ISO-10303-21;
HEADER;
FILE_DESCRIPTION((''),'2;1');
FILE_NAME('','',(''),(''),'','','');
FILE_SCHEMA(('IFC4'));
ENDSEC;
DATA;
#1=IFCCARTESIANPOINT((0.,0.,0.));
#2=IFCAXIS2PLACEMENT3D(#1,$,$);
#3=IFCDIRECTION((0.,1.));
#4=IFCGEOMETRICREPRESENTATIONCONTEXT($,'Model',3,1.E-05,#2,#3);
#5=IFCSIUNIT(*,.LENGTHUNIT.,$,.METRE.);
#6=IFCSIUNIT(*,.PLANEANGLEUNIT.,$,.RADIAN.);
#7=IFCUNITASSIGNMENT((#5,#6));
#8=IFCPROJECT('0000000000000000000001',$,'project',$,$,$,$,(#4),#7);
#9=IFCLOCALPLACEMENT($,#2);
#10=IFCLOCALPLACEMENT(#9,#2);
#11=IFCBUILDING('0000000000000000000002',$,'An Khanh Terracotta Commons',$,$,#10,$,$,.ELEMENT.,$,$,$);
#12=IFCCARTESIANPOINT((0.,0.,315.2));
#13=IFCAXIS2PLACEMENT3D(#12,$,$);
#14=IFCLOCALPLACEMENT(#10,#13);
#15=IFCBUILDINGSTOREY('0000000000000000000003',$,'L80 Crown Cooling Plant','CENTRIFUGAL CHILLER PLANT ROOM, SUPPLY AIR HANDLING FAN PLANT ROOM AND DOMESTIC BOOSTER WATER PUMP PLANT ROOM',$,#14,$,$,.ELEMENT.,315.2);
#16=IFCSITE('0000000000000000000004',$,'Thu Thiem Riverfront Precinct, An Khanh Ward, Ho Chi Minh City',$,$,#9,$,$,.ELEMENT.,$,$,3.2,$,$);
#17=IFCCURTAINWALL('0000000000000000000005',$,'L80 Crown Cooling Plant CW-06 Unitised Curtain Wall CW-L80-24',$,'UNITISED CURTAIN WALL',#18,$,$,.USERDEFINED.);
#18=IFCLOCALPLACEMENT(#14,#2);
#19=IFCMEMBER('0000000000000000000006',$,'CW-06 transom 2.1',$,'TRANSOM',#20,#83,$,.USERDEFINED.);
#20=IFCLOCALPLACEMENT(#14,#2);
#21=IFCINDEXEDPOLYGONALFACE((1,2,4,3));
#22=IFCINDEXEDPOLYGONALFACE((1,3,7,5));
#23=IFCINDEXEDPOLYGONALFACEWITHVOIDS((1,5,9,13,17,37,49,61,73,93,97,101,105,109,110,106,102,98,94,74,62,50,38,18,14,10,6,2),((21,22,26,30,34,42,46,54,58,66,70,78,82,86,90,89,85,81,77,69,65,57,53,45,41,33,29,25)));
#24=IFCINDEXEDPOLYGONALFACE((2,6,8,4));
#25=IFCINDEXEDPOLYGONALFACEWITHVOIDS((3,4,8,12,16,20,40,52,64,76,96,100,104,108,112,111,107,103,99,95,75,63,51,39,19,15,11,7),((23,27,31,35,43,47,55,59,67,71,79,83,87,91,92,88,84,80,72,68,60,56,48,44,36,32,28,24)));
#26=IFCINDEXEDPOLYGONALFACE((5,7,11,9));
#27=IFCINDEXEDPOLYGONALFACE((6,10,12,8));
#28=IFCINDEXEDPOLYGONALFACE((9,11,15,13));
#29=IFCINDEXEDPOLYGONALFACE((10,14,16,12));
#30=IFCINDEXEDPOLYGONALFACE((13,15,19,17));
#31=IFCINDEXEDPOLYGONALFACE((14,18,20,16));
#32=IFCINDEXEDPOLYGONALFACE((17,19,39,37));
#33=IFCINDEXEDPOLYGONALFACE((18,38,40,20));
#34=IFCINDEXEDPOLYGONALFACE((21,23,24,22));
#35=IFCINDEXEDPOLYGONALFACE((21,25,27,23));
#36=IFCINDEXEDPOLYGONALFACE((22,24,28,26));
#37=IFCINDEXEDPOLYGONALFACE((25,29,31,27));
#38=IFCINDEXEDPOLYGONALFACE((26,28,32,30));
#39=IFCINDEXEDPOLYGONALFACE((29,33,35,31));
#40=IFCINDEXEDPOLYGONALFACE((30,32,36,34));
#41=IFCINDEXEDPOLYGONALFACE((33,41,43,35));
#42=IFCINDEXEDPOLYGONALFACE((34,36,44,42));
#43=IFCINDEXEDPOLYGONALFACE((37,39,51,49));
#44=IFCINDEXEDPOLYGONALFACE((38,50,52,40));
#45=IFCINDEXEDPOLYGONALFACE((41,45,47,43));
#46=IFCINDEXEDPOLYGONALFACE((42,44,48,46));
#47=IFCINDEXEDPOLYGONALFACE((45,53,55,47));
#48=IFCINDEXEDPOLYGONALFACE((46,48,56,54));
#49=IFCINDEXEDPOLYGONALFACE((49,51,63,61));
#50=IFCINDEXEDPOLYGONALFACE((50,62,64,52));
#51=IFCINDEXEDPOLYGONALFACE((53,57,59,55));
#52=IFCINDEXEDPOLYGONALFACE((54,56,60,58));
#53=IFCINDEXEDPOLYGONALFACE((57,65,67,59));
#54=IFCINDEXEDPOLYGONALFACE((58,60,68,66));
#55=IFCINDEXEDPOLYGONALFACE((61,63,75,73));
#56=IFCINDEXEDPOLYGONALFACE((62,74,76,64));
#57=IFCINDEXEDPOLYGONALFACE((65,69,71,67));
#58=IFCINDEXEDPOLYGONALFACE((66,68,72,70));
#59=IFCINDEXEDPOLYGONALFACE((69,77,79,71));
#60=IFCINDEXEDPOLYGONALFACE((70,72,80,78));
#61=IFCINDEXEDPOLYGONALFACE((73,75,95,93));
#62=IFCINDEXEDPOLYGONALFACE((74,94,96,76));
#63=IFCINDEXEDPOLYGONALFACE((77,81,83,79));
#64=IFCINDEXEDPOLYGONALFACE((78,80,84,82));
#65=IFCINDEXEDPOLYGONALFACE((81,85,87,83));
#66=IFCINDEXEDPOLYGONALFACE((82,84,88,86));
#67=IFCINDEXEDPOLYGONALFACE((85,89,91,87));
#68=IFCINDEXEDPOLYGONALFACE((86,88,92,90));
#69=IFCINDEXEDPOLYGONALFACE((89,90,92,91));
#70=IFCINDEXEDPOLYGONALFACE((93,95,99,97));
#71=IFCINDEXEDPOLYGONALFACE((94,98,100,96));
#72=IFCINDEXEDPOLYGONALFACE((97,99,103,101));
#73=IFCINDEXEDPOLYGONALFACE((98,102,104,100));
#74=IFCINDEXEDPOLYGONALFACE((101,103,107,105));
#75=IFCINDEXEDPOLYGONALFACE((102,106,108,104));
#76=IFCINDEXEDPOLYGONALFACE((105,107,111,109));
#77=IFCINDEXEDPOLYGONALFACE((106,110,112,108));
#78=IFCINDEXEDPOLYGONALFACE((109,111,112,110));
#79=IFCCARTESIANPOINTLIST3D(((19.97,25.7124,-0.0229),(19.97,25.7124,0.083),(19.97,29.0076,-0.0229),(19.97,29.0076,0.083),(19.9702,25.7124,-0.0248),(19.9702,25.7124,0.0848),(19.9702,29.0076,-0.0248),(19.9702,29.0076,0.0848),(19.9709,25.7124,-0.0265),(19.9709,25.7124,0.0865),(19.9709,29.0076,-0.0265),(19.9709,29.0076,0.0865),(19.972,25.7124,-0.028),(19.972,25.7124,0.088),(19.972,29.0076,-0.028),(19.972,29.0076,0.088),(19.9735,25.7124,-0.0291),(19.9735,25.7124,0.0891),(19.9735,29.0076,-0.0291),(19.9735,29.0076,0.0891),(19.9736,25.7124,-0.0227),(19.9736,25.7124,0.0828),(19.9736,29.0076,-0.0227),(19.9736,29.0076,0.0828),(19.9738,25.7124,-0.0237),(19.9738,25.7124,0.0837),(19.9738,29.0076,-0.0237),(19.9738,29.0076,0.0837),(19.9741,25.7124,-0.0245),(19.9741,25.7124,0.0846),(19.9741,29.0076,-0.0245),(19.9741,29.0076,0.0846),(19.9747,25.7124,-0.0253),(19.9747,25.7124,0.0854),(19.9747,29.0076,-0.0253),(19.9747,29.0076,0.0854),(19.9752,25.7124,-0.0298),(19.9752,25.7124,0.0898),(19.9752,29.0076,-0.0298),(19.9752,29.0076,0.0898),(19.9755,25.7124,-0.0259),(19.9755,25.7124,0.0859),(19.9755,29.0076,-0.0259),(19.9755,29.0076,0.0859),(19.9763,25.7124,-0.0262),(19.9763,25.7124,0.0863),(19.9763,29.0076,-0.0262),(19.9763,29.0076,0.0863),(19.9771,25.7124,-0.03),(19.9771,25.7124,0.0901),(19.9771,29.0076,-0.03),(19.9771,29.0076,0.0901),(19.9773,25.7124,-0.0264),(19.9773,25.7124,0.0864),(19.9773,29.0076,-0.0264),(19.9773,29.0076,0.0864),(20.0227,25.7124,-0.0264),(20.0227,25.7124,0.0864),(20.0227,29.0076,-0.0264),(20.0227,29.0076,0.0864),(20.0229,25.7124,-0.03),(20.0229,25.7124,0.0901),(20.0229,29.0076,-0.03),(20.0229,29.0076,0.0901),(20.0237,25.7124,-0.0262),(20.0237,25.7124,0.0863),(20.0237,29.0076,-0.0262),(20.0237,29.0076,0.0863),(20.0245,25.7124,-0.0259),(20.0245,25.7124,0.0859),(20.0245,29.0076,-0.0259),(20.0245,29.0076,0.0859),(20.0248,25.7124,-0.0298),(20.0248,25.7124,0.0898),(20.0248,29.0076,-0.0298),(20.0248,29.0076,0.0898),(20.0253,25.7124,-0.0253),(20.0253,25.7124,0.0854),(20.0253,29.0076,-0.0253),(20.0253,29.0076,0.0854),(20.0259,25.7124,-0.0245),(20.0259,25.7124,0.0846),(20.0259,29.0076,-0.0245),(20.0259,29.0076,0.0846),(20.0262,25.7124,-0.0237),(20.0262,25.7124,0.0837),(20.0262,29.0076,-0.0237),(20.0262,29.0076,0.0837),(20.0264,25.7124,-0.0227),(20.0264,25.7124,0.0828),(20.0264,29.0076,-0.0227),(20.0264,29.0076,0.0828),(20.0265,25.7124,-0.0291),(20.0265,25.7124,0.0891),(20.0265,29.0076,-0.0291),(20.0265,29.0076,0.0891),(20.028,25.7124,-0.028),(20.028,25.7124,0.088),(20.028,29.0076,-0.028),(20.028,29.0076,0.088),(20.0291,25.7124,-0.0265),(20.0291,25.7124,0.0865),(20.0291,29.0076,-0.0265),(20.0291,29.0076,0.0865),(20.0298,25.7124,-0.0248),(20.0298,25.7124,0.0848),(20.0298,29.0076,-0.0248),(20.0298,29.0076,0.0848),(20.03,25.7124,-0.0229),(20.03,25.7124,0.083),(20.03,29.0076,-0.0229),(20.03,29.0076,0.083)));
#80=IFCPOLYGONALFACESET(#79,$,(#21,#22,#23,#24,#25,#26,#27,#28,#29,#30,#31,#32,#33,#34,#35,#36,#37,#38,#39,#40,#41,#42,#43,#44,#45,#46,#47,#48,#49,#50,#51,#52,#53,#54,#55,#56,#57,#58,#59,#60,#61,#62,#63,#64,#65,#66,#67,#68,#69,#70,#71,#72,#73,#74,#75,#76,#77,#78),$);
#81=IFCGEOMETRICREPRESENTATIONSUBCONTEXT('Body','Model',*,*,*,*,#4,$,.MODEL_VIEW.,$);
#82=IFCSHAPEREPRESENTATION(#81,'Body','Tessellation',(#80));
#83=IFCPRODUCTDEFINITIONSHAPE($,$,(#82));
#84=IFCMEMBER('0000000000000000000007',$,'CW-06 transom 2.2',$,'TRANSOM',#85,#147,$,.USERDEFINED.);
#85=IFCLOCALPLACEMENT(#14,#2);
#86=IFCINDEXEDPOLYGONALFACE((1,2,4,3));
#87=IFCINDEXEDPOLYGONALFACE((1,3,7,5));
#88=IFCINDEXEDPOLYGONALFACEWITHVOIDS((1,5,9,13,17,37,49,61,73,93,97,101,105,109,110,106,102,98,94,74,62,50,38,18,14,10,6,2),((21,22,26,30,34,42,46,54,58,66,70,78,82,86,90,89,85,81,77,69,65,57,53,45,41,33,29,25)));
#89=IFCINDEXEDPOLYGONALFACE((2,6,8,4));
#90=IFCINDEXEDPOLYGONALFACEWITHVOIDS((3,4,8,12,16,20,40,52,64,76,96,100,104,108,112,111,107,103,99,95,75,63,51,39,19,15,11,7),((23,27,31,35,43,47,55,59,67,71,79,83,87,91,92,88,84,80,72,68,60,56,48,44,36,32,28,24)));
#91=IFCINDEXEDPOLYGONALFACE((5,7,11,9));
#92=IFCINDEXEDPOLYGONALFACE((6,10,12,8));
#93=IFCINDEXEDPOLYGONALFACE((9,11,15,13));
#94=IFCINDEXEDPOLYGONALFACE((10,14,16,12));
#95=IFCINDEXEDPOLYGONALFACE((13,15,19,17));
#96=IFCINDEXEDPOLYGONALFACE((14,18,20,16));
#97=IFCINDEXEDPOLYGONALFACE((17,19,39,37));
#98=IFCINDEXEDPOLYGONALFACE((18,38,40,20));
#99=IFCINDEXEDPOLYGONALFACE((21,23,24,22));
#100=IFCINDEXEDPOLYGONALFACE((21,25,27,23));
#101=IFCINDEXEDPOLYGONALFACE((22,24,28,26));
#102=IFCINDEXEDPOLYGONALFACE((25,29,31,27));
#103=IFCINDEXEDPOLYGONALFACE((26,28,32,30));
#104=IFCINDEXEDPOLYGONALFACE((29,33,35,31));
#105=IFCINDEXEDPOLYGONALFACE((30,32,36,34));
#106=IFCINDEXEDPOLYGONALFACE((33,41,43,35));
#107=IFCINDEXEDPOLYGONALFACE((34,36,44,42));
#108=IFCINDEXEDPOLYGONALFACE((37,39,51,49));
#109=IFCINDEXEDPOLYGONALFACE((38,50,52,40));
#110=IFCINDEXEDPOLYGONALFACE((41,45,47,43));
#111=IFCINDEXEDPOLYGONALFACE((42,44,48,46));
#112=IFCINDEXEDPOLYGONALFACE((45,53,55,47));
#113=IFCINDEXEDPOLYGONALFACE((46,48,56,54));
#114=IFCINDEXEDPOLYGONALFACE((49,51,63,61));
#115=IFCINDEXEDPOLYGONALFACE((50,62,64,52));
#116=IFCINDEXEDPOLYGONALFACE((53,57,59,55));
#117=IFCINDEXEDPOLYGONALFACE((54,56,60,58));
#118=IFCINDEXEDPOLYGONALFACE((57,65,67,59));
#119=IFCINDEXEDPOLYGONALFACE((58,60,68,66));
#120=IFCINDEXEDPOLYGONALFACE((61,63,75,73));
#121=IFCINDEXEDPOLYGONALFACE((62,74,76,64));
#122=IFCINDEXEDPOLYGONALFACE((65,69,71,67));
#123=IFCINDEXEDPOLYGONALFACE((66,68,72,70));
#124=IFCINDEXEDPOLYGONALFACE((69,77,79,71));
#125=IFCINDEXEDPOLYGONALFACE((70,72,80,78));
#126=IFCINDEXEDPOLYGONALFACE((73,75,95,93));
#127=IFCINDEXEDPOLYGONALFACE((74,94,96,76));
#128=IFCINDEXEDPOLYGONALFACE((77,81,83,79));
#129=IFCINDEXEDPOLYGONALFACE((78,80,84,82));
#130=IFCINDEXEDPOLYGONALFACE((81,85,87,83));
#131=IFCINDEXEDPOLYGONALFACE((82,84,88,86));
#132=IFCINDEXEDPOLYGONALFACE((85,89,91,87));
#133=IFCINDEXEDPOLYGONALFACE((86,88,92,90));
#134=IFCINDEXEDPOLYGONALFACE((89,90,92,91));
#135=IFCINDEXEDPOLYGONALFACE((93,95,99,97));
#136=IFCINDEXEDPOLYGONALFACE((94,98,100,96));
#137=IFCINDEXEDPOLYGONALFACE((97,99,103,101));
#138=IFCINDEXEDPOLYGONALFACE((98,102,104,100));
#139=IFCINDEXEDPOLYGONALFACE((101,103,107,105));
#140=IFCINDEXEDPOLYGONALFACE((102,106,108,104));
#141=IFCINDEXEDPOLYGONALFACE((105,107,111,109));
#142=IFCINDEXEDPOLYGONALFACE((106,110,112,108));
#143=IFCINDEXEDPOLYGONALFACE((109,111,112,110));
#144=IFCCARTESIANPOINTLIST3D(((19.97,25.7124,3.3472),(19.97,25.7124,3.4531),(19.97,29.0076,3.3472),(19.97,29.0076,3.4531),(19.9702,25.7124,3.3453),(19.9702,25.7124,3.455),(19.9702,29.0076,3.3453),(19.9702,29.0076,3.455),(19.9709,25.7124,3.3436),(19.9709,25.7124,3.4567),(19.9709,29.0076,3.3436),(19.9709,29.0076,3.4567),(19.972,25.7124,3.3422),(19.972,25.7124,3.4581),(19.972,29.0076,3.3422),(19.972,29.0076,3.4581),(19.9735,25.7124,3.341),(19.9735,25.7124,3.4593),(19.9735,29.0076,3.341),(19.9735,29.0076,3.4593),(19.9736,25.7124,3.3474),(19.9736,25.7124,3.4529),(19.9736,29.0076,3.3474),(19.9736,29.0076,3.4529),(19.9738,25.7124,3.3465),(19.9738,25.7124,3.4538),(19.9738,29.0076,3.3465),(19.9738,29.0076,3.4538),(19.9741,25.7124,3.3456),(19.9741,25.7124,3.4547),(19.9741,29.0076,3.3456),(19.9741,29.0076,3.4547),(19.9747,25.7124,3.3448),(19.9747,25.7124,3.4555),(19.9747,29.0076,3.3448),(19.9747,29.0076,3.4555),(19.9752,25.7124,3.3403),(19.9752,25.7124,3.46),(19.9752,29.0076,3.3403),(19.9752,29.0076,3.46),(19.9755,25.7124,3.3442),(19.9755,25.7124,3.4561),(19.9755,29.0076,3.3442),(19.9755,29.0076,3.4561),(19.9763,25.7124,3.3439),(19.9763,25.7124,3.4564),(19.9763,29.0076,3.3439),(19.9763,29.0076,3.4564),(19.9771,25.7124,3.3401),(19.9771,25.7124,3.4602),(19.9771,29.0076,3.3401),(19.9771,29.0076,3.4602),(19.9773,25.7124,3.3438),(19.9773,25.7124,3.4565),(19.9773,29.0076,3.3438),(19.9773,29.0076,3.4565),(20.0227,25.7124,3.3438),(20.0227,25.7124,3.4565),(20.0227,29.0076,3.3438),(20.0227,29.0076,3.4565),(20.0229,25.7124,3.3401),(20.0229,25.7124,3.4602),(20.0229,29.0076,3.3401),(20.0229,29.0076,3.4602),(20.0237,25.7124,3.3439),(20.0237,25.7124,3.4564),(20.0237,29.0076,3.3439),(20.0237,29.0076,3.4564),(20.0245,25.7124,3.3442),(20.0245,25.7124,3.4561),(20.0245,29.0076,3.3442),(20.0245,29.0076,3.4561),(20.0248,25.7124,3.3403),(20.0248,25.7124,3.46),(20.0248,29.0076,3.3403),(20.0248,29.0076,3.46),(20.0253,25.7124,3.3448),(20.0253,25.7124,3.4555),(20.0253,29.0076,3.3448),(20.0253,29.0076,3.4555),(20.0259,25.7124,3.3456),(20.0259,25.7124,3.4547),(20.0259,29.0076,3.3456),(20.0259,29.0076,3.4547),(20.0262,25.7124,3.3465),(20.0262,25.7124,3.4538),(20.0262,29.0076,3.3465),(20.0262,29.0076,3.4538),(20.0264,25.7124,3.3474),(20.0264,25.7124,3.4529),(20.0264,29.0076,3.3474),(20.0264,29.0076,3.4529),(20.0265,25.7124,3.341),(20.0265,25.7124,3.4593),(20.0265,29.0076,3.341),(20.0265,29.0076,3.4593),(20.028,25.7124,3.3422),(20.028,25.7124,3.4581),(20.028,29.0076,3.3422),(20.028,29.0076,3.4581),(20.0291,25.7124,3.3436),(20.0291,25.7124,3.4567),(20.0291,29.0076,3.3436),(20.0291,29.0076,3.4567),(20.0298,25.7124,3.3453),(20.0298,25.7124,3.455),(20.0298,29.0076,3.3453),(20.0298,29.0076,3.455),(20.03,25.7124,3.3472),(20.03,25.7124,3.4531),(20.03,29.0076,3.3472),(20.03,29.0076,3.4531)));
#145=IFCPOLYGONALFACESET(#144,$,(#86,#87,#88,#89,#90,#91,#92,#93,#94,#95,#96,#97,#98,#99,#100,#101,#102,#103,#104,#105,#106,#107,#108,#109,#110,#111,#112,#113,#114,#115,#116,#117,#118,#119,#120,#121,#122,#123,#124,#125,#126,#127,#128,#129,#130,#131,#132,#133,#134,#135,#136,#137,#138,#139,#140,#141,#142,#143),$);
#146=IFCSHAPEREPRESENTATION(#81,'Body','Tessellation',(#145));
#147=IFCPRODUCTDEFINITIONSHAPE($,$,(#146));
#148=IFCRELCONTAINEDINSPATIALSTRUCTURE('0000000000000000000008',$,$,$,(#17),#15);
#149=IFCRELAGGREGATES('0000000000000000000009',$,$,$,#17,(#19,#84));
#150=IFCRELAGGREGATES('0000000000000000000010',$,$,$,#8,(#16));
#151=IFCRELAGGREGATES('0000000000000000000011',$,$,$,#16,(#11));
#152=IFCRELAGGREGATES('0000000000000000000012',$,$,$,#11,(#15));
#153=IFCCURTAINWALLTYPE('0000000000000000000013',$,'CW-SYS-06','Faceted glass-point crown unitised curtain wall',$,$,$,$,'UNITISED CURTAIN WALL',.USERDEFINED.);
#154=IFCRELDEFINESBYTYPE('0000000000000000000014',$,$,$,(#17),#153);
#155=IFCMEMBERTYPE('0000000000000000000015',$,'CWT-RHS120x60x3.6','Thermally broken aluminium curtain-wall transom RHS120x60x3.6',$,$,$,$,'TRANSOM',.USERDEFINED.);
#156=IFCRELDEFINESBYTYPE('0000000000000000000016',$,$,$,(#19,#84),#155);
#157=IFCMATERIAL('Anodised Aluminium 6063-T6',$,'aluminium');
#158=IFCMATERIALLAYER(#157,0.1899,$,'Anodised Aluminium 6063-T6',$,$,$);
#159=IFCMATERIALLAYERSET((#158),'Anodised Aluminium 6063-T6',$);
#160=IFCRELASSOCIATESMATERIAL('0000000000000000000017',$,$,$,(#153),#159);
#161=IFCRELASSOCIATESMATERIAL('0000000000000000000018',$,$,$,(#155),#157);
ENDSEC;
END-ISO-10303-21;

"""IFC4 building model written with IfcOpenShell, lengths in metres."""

from ifc_helpers import new_model, si_unit, direction, frame, origin, origin_2d, place, context, subcontext, project, spatial, hollow_rectangle, extrude, material, layer, layer_set, material_profile, profile_set, type_object, element, aggregate, save


model = new_model("IFC4")

# Units and contexts
model_context = context("Model", 3, precision=1e-05, world=origin(), true_north=direction((0.0, 1.0)))
body_context = subcontext(model_context, "Body", "Model", "MODEL_VIEW")
ifc_project = project(units=[si_unit("LENGTHUNIT", "METRE"), si_unit("PLANEANGLEUNIT", "RADIAN")], contexts=[model_context])

# Site, building, storey
site_placement = place(None, origin())
site = spatial("IfcSite", under=ifc_project, at=site_placement, Name="Thu Thiem Riverfront Precinct, An Khanh Ward, Ho Chi Minh City", CompositionType="ELEMENT", RefElevation=3.2)
building_placement = place(site_placement, origin())
building = spatial("IfcBuilding", under=site, at=building_placement, Name="An Khanh Terracotta Commons", CompositionType="ELEMENT")
storey_placement = place(building_placement, frame((0.0, 0.0, 315.2)))
storey = spatial("IfcBuildingStorey", under=building, at=storey_placement, Name="L80 Crown Cooling Plant", Description="CENTRIFUGAL CHILLER PLANT ROOM, SUPPLY AIR HANDLING FAN PLANT ROOM AND DOMESTIC BOOSTER WATER PUMP PLANT ROOM", CompositionType="ELEMENT", Elevation=315.2)

# Curtain wall, members
ifc_material_1 = material(Name="Anodised Aluminium 6063-T6", Category="aluminium")
ifc_layer_1 = layer(ifc_material_1, 0.1899, Name="Anodised Aluminium 6063-T6")
ifc_layer_set_1 = layer_set([ifc_layer_1], Name="Anodised Aluminium 6063-T6")
curtain_wall_type = type_object("IfcCurtainWallType", Name="CW-SYS-06", Description="Faceted glass-point crown unitised curtain wall", ElementType="UNITISED CURTAIN WALL", PredefinedType="USERDEFINED", material=ifc_layer_set_1)
curtain_wall_placement = place(storey_placement, origin())
curtain_wall = element("IfcCurtainWall", 1, at=curtain_wall_placement, inside=storey, type_object=curtain_wall_type, Name="L80 Crown Cooling Plant CW-06 Unitised Curtain Wall CW-L80-24", ObjectType="UNITISED CURTAIN WALL", PredefinedType="USERDEFINED")
ifc_material_profile_1 = material_profile(ifc_material_1, hollow_rectangle(XDim=0.0601, YDim=0.1201, WallThickness=0.0037, InnerFilletRadius=0.0037, OuterFilletRadius=0.0071, at=origin_2d()), Name="RHS120x60x3.6")
ifc_profile_set_1 = profile_set([ifc_material_profile_1], Name="Anodised Aluminium 6063-T6")
member_type_1 = type_object("IfcMemberType", Name="CWT-RHS120x60x3.6", Description="Thermally broken aluminium curtain-wall transom RHS120x60x3.6", ElementType="TRANSOM", PredefinedType="USERDEFINED", material=ifc_profile_set_1)
member_1_placement = place(storey_placement, frame((20.0, 29.0076, 0.03), z_axis=(0.0, -1.0, 0.0), x_axis=(1.0, 0.0, 0.0)))
member_1 = element("IfcMember", 2, at=member_1_placement, type_object=member_type_1, Name="CW-06 transom 2.1", ObjectType="TRANSOM", PredefinedType="USERDEFINED", context=body_context, shape_type="SweptSolid", body=[
    extrude(hollow_rectangle(XDim=0.0601, YDim=0.1201, WallThickness=0.0037, InnerFilletRadius=0.0037, OuterFilletRadius=0.0071, at=origin_2d()), origin(), (0.0, 0.0, 1.0), 3.2952),
])
member_2_placement = place(storey_placement, frame((20.0, 29.0076, 3.4001), z_axis=(0.0, -1.0, 0.0), x_axis=(1.0, 0.0, 0.0)))
member_2 = element("IfcMember", 3, at=member_2_placement, type_object=member_type_1, Name="CW-06 transom 2.2", ObjectType="TRANSOM", PredefinedType="USERDEFINED", context=body_context, shape_type="SweptSolid", body=[
    extrude(hollow_rectangle(XDim=0.0601, YDim=0.1201, WallThickness=0.0037, InnerFilletRadius=0.0037, OuterFilletRadius=0.0071, at=origin_2d()), origin(), (0.0, 0.0, 1.0), 3.2952),
])
aggregate(curtain_wall, [member_1, member_2])

save(model, "model.ifc")
